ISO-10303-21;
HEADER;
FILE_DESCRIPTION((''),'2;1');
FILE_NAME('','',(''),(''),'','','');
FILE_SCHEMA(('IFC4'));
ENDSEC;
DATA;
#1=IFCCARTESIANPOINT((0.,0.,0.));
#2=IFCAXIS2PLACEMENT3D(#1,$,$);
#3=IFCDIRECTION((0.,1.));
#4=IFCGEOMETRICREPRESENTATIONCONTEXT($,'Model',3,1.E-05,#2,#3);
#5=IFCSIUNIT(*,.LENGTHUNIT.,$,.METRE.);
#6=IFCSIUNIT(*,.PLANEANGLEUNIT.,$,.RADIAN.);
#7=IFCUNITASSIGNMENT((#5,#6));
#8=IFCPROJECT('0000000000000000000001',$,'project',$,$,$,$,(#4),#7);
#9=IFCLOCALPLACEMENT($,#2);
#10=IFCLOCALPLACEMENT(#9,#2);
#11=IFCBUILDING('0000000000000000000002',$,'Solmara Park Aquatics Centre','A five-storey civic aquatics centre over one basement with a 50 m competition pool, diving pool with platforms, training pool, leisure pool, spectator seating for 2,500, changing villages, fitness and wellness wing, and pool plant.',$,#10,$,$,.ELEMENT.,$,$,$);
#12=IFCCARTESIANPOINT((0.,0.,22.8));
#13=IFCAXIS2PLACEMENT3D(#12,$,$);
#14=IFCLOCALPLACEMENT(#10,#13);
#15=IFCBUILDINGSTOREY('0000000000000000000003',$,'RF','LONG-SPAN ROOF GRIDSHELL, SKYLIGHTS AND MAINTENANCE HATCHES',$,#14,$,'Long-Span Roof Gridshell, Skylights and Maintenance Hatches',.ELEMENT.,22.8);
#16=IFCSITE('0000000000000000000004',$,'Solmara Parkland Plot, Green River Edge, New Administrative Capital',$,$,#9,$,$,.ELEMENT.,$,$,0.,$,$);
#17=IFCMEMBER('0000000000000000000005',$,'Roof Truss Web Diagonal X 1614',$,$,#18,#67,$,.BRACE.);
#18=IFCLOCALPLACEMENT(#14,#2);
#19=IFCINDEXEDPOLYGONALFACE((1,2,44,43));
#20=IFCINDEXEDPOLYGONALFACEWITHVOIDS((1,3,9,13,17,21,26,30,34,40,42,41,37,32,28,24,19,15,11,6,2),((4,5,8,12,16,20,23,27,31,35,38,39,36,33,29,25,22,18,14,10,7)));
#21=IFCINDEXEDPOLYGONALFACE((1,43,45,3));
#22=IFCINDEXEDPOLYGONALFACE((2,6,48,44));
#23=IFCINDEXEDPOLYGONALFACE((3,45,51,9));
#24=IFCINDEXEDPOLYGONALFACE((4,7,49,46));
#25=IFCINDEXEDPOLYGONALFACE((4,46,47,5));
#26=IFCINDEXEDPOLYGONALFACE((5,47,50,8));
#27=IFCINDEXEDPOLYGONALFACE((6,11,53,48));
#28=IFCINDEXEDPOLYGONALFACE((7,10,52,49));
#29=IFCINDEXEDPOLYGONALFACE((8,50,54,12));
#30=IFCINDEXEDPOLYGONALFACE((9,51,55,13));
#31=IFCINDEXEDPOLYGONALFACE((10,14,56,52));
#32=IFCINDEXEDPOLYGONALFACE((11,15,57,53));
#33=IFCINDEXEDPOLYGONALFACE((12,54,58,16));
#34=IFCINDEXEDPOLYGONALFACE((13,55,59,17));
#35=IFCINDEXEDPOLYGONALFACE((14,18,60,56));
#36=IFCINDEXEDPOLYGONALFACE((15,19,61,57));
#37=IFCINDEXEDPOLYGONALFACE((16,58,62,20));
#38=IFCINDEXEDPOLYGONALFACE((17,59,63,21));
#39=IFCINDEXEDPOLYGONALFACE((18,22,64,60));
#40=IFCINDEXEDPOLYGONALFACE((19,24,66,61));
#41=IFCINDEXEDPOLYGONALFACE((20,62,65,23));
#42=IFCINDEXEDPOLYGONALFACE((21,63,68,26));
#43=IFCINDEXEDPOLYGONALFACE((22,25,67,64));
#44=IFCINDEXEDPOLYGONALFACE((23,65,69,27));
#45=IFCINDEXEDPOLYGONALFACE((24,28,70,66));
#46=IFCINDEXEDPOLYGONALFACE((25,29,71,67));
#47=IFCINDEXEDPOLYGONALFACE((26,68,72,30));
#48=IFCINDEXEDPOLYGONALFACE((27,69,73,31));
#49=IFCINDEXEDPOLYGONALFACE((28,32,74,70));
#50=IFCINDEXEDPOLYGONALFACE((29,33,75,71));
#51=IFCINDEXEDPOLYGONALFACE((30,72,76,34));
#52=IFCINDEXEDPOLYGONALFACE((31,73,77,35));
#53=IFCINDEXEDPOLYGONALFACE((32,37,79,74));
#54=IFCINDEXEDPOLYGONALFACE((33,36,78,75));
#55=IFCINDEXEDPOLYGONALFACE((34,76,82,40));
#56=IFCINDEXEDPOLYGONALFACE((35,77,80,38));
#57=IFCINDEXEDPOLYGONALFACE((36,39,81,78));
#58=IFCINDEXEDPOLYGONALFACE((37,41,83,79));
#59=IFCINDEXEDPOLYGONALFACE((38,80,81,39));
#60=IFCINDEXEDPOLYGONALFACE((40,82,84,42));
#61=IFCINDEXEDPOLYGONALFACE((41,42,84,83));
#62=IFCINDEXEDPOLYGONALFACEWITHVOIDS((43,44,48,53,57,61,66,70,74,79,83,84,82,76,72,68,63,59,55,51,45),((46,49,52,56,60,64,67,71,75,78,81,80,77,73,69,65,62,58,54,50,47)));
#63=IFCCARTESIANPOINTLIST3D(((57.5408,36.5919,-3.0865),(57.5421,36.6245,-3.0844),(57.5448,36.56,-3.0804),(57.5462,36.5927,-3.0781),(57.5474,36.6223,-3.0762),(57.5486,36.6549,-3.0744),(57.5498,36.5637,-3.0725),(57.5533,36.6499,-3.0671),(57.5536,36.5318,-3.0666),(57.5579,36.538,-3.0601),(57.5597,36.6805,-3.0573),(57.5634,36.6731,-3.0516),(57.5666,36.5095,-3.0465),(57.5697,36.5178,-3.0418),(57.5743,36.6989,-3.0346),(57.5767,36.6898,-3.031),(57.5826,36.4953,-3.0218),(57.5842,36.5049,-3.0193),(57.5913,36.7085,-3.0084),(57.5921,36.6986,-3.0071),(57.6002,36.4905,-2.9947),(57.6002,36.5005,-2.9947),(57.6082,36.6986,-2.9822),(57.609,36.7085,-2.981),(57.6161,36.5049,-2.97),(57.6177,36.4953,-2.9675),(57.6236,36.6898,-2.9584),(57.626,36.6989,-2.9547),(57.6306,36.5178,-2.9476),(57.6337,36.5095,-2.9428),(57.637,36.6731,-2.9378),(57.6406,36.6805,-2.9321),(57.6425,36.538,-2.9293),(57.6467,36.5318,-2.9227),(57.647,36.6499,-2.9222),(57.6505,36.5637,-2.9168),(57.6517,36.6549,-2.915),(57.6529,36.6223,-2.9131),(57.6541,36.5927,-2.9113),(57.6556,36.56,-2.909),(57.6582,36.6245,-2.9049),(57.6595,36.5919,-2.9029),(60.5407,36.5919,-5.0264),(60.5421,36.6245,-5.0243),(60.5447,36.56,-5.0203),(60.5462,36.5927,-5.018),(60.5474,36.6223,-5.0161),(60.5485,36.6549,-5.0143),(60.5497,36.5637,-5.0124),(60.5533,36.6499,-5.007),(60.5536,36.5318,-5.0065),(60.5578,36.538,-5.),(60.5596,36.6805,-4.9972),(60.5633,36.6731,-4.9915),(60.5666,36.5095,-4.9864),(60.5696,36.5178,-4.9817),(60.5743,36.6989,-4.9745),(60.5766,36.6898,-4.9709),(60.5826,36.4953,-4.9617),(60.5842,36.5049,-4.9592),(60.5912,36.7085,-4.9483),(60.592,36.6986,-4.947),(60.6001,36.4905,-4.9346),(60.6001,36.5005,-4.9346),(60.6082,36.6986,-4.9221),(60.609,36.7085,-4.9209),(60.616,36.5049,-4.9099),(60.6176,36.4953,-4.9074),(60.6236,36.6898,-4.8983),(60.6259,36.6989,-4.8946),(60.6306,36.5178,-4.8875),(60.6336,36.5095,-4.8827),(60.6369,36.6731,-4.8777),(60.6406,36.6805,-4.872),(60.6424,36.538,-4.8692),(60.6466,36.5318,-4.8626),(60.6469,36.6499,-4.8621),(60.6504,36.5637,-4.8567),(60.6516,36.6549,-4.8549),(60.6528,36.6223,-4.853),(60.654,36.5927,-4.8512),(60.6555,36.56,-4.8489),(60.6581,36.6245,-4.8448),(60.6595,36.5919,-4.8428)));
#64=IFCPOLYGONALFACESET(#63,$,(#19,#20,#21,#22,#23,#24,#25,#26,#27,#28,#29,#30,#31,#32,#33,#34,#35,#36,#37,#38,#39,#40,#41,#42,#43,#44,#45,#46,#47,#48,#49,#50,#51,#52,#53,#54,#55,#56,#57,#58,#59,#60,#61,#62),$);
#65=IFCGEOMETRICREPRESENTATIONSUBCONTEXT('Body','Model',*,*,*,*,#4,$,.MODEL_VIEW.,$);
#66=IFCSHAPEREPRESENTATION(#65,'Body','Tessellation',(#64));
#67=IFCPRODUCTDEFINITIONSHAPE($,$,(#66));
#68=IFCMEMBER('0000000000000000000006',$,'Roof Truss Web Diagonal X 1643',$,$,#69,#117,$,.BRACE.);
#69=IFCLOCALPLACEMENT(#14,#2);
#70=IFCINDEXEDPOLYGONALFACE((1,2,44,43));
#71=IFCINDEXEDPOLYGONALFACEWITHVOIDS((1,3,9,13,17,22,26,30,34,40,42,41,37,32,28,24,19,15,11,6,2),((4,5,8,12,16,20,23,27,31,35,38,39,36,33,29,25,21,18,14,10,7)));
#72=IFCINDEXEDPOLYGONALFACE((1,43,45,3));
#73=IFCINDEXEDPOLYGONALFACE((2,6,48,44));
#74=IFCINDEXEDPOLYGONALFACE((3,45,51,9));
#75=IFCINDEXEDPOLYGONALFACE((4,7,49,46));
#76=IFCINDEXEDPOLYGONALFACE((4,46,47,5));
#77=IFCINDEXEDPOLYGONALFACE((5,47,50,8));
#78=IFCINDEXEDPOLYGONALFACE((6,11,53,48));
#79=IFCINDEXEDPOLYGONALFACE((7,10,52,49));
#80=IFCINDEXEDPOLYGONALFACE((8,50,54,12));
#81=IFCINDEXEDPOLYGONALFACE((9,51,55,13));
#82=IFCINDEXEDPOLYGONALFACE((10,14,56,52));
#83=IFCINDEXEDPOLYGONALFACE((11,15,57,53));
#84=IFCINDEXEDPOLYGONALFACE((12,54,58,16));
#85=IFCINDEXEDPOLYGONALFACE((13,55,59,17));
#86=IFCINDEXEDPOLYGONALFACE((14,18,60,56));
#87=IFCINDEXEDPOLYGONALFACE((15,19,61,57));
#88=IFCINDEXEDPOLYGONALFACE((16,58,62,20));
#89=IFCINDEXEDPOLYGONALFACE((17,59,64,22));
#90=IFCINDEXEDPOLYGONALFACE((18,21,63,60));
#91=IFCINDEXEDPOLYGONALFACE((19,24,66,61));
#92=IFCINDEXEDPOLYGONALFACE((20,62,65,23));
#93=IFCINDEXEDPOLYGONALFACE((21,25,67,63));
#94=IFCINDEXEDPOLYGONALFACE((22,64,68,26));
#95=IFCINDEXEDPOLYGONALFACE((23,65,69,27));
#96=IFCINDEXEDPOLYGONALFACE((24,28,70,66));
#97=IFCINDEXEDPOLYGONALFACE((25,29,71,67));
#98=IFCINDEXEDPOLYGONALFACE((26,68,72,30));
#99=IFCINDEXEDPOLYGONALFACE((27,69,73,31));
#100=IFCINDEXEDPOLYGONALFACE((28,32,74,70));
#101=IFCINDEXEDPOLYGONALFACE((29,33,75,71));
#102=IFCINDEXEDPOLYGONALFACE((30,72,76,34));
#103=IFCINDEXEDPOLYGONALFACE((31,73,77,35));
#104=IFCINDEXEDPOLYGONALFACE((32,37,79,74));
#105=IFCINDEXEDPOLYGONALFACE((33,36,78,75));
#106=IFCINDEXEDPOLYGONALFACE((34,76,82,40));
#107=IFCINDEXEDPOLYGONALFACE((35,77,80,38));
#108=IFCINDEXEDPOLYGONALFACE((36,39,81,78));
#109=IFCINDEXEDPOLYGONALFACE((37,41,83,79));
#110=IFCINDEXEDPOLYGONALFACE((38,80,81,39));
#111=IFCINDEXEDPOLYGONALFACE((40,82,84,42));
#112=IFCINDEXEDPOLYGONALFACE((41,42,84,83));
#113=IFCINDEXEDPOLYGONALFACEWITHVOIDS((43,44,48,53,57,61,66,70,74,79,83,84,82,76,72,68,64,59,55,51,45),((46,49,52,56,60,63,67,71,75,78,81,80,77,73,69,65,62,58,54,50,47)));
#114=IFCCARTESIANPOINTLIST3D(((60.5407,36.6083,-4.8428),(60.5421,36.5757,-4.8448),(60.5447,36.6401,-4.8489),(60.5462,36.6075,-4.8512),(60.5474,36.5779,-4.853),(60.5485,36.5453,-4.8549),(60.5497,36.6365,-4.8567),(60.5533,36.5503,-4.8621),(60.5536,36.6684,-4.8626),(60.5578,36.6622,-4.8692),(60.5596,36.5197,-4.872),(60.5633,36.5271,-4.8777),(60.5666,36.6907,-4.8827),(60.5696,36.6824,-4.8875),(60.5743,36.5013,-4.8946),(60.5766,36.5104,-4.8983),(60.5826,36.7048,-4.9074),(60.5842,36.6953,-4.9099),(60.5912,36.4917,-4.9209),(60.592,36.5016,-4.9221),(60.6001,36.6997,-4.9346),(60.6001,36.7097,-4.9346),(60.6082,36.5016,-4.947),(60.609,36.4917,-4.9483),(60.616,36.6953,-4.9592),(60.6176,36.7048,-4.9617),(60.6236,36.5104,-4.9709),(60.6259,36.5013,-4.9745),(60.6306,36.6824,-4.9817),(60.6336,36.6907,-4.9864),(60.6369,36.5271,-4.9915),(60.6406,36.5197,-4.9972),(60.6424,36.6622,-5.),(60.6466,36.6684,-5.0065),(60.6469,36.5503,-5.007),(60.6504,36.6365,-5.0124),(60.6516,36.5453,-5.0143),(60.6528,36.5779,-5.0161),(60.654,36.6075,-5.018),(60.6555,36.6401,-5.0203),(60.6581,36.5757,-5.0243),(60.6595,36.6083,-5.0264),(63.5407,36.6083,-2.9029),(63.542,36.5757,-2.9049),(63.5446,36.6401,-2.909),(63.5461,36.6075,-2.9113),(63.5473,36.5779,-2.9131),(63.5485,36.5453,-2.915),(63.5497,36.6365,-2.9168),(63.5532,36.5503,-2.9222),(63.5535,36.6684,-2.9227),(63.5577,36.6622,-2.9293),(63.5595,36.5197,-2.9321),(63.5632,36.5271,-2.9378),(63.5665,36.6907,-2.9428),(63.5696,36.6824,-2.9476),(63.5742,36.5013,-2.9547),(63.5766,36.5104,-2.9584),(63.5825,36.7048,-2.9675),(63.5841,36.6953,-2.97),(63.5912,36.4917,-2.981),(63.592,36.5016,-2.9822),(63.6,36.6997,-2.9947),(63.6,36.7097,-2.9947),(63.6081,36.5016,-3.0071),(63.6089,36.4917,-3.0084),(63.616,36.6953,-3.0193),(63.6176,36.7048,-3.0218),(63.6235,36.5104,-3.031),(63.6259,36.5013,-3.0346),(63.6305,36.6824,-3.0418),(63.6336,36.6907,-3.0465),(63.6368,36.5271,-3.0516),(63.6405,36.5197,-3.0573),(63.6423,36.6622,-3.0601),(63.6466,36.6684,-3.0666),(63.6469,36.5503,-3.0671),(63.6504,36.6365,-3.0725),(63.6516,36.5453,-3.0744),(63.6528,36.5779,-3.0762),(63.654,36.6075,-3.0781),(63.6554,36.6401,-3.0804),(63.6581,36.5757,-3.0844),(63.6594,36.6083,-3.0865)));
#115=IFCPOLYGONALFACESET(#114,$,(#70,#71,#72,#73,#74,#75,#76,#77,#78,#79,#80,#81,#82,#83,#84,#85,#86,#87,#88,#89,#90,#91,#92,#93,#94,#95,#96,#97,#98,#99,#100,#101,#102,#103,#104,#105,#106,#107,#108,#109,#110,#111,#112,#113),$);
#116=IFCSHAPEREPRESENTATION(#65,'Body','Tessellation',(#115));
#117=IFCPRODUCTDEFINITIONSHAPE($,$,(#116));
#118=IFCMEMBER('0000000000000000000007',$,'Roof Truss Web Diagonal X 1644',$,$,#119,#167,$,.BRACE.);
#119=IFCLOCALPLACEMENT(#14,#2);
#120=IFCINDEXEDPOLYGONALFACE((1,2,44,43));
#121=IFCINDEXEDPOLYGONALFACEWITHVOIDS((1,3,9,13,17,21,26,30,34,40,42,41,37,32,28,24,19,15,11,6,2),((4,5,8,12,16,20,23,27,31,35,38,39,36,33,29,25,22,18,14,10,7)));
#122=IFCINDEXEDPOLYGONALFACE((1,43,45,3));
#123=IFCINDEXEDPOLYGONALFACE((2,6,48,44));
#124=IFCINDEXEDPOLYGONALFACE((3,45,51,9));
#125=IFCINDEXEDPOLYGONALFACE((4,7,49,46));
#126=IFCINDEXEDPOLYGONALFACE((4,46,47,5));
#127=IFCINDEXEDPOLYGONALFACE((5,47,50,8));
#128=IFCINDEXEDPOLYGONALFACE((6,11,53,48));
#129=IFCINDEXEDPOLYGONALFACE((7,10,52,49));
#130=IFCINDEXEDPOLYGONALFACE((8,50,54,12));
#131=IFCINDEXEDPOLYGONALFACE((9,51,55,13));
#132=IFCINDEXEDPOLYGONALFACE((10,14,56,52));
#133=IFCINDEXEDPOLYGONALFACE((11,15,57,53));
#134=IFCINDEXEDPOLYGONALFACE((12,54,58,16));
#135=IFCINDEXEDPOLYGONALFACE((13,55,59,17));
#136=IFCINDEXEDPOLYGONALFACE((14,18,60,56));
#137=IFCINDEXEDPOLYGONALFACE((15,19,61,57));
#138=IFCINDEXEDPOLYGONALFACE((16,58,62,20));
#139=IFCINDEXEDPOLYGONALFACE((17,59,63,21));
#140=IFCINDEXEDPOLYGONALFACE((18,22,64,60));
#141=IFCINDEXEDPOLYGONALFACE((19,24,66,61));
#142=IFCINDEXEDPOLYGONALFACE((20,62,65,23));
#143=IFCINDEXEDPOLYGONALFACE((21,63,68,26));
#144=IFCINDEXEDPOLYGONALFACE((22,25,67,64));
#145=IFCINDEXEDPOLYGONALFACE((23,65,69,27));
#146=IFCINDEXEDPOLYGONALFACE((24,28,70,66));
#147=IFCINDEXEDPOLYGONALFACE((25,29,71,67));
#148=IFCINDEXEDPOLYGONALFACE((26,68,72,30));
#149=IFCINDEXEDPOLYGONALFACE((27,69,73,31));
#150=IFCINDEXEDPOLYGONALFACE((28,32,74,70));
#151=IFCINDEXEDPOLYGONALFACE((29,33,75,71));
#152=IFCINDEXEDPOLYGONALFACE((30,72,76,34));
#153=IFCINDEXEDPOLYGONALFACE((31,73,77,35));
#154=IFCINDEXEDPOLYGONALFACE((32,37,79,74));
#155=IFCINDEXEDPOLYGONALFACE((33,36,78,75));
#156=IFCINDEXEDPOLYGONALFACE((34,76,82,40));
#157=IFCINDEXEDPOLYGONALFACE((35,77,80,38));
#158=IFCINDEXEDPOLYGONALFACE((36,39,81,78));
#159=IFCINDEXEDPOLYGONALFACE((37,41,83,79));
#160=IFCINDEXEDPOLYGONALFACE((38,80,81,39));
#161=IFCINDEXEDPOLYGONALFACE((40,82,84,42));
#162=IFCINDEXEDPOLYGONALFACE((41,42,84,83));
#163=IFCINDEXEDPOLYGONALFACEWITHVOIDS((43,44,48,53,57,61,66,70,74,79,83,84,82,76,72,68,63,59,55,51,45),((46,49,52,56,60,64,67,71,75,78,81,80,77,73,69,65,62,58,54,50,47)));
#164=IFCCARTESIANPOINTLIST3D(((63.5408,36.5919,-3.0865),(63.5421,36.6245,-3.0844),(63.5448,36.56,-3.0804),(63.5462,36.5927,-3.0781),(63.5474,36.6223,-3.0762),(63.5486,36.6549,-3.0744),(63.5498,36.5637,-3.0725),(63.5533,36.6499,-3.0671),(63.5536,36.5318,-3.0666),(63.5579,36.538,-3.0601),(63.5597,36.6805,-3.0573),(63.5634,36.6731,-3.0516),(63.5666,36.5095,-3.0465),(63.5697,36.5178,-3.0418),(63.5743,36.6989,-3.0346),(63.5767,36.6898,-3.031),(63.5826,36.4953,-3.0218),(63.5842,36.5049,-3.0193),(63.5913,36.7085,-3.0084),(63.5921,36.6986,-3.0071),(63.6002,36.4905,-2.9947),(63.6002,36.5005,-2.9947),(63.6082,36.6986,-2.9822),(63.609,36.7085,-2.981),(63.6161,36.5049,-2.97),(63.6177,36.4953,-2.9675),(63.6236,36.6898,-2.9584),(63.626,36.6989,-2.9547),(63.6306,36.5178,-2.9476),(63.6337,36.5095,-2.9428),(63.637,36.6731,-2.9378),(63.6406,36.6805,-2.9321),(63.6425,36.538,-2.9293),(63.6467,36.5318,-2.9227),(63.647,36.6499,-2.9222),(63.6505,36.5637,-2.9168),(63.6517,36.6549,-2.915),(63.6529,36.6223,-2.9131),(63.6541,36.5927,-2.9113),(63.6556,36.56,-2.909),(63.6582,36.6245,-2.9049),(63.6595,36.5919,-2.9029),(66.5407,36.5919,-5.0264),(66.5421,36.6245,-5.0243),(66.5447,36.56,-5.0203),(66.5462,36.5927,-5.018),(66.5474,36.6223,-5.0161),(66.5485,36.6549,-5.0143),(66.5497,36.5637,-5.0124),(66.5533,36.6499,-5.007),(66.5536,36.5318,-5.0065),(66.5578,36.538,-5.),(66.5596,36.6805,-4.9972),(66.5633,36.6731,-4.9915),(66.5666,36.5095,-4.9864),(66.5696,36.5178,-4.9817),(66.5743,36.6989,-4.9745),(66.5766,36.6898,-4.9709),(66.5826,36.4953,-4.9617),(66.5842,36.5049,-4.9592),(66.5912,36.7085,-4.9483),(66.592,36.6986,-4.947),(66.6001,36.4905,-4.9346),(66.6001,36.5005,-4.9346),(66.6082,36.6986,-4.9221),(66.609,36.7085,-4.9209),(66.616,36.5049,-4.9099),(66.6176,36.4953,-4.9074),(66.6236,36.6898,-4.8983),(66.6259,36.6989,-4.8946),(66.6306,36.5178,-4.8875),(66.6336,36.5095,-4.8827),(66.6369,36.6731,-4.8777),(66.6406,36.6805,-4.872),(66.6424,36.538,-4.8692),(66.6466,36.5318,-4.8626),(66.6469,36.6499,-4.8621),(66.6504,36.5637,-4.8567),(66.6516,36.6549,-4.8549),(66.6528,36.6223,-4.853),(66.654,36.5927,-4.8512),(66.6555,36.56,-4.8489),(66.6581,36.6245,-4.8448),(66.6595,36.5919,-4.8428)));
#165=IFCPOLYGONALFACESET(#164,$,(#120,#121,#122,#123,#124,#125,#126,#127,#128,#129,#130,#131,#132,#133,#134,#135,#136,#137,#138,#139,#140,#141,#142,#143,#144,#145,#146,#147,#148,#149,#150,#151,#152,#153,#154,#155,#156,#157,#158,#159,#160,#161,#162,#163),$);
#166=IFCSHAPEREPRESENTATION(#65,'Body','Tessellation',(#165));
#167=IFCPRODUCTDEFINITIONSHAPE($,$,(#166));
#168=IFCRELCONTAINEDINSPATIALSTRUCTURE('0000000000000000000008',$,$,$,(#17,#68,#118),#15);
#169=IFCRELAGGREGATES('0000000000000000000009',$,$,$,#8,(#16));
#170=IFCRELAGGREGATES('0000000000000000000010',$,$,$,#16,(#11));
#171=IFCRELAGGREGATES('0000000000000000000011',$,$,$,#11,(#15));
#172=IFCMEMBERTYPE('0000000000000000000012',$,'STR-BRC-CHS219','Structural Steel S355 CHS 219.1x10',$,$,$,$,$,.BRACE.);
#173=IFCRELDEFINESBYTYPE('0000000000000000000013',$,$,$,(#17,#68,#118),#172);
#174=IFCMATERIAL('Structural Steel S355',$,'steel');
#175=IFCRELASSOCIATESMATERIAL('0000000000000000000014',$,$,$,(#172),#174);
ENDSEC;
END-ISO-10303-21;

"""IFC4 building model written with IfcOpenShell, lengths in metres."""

from ifc_helpers import new_model, si_unit, direction, frame, origin, origin_2d, place, context, subcontext, project, spatial, hollow_circle, extrude, material, material_profile, profile_set, type_object, element, save


model = new_model("IFC4")

# Units and contexts
model_context = context("Model", 3, precision=1e-05, world=origin(), true_north=direction((0.0, 1.0)))
body_context = subcontext(model_context, "Body", "Model", "MODEL_VIEW")
ifc_project = project(units=[si_unit("LENGTHUNIT", "METRE"), si_unit("PLANEANGLEUNIT", "RADIAN")], contexts=[model_context])

# Site, building, storey
site_placement = place(None, origin())
site = spatial("IfcSite", under=ifc_project, at=site_placement, Name="Solmara Parkland Plot, Green River Edge, New Administrative Capital", CompositionType="ELEMENT", RefElevation=0.0)
building_placement = place(site_placement, origin())
building = spatial("IfcBuilding", under=site, at=building_placement, Name="Solmara Park Aquatics Centre", Description="A five-storey civic aquatics centre over one basement with a 50 m competition pool, diving pool with platforms, training pool, leisure pool, spectator seating for 2,500, changing villages, fitness and wellness wing, and pool plant.", CompositionType="ELEMENT")
storey_placement = place(building_placement, frame((0.0, 0.0, 22.8)))
storey = spatial("IfcBuildingStorey", under=building, at=storey_placement, Name="RF", Description="LONG-SPAN ROOF GRIDSHELL, SKYLIGHTS AND MAINTENANCE HATCHES", LongName="Long-Span Roof Gridshell, Skylights and Maintenance Hatches", CompositionType="ELEMENT", Elevation=22.8)

# Members
ifc_material_1 = material(Name="Structural Steel S355", Category="steel")
ifc_material_profile_1 = material_profile(ifc_material_1, hollow_circle(Radius=0.1096, WallThickness=0.01, at=origin_2d()), Name="CHS 219.1x10")
ifc_profile_set_1 = profile_set([ifc_material_profile_1], Name="Structural Steel S355")
member_type_1 = type_object("IfcMemberType", Name="STR-BRC-CHS219", Description="Structural Steel S355 CHS 219.1x10", PredefinedType="BRACE", material=ifc_profile_set_1)
for number, where, z_axis, x_axis, name in (
    (1, (60.6001, 36.6001, -4.9346), (-0.839728, 0.0, 0.543008), (0.0, -1.0, 0.0), "Roof Truss Web Diagonal X 1614"),
    (2, (60.6001, 36.6001, -4.9346), (0.839728, 0.0, 0.543008), (0.0, 1.0, 0.0), "Roof Truss Web Diagonal X 1643"),
    (3, (66.6001, 36.6001, -4.9346), (-0.839728, 0.0, 0.543008), (0.0, -1.0, 0.0), "Roof Truss Web Diagonal X 1644"),
):
    element("IfcMember", number, at=place(storey_placement, frame(where, z_axis=z_axis, x_axis=x_axis)), inside=storey, type_object=member_type_1, Name=name, PredefinedType="BRACE", context=body_context, shape_type="SweptSolid", body=[
        extrude(hollow_circle(Radius=0.1096, WallThickness=0.01, at=origin_2d()), origin(), (0.0, 0.0, 1.0), 3.5725),
    ])

save(model, "model.ifc")
